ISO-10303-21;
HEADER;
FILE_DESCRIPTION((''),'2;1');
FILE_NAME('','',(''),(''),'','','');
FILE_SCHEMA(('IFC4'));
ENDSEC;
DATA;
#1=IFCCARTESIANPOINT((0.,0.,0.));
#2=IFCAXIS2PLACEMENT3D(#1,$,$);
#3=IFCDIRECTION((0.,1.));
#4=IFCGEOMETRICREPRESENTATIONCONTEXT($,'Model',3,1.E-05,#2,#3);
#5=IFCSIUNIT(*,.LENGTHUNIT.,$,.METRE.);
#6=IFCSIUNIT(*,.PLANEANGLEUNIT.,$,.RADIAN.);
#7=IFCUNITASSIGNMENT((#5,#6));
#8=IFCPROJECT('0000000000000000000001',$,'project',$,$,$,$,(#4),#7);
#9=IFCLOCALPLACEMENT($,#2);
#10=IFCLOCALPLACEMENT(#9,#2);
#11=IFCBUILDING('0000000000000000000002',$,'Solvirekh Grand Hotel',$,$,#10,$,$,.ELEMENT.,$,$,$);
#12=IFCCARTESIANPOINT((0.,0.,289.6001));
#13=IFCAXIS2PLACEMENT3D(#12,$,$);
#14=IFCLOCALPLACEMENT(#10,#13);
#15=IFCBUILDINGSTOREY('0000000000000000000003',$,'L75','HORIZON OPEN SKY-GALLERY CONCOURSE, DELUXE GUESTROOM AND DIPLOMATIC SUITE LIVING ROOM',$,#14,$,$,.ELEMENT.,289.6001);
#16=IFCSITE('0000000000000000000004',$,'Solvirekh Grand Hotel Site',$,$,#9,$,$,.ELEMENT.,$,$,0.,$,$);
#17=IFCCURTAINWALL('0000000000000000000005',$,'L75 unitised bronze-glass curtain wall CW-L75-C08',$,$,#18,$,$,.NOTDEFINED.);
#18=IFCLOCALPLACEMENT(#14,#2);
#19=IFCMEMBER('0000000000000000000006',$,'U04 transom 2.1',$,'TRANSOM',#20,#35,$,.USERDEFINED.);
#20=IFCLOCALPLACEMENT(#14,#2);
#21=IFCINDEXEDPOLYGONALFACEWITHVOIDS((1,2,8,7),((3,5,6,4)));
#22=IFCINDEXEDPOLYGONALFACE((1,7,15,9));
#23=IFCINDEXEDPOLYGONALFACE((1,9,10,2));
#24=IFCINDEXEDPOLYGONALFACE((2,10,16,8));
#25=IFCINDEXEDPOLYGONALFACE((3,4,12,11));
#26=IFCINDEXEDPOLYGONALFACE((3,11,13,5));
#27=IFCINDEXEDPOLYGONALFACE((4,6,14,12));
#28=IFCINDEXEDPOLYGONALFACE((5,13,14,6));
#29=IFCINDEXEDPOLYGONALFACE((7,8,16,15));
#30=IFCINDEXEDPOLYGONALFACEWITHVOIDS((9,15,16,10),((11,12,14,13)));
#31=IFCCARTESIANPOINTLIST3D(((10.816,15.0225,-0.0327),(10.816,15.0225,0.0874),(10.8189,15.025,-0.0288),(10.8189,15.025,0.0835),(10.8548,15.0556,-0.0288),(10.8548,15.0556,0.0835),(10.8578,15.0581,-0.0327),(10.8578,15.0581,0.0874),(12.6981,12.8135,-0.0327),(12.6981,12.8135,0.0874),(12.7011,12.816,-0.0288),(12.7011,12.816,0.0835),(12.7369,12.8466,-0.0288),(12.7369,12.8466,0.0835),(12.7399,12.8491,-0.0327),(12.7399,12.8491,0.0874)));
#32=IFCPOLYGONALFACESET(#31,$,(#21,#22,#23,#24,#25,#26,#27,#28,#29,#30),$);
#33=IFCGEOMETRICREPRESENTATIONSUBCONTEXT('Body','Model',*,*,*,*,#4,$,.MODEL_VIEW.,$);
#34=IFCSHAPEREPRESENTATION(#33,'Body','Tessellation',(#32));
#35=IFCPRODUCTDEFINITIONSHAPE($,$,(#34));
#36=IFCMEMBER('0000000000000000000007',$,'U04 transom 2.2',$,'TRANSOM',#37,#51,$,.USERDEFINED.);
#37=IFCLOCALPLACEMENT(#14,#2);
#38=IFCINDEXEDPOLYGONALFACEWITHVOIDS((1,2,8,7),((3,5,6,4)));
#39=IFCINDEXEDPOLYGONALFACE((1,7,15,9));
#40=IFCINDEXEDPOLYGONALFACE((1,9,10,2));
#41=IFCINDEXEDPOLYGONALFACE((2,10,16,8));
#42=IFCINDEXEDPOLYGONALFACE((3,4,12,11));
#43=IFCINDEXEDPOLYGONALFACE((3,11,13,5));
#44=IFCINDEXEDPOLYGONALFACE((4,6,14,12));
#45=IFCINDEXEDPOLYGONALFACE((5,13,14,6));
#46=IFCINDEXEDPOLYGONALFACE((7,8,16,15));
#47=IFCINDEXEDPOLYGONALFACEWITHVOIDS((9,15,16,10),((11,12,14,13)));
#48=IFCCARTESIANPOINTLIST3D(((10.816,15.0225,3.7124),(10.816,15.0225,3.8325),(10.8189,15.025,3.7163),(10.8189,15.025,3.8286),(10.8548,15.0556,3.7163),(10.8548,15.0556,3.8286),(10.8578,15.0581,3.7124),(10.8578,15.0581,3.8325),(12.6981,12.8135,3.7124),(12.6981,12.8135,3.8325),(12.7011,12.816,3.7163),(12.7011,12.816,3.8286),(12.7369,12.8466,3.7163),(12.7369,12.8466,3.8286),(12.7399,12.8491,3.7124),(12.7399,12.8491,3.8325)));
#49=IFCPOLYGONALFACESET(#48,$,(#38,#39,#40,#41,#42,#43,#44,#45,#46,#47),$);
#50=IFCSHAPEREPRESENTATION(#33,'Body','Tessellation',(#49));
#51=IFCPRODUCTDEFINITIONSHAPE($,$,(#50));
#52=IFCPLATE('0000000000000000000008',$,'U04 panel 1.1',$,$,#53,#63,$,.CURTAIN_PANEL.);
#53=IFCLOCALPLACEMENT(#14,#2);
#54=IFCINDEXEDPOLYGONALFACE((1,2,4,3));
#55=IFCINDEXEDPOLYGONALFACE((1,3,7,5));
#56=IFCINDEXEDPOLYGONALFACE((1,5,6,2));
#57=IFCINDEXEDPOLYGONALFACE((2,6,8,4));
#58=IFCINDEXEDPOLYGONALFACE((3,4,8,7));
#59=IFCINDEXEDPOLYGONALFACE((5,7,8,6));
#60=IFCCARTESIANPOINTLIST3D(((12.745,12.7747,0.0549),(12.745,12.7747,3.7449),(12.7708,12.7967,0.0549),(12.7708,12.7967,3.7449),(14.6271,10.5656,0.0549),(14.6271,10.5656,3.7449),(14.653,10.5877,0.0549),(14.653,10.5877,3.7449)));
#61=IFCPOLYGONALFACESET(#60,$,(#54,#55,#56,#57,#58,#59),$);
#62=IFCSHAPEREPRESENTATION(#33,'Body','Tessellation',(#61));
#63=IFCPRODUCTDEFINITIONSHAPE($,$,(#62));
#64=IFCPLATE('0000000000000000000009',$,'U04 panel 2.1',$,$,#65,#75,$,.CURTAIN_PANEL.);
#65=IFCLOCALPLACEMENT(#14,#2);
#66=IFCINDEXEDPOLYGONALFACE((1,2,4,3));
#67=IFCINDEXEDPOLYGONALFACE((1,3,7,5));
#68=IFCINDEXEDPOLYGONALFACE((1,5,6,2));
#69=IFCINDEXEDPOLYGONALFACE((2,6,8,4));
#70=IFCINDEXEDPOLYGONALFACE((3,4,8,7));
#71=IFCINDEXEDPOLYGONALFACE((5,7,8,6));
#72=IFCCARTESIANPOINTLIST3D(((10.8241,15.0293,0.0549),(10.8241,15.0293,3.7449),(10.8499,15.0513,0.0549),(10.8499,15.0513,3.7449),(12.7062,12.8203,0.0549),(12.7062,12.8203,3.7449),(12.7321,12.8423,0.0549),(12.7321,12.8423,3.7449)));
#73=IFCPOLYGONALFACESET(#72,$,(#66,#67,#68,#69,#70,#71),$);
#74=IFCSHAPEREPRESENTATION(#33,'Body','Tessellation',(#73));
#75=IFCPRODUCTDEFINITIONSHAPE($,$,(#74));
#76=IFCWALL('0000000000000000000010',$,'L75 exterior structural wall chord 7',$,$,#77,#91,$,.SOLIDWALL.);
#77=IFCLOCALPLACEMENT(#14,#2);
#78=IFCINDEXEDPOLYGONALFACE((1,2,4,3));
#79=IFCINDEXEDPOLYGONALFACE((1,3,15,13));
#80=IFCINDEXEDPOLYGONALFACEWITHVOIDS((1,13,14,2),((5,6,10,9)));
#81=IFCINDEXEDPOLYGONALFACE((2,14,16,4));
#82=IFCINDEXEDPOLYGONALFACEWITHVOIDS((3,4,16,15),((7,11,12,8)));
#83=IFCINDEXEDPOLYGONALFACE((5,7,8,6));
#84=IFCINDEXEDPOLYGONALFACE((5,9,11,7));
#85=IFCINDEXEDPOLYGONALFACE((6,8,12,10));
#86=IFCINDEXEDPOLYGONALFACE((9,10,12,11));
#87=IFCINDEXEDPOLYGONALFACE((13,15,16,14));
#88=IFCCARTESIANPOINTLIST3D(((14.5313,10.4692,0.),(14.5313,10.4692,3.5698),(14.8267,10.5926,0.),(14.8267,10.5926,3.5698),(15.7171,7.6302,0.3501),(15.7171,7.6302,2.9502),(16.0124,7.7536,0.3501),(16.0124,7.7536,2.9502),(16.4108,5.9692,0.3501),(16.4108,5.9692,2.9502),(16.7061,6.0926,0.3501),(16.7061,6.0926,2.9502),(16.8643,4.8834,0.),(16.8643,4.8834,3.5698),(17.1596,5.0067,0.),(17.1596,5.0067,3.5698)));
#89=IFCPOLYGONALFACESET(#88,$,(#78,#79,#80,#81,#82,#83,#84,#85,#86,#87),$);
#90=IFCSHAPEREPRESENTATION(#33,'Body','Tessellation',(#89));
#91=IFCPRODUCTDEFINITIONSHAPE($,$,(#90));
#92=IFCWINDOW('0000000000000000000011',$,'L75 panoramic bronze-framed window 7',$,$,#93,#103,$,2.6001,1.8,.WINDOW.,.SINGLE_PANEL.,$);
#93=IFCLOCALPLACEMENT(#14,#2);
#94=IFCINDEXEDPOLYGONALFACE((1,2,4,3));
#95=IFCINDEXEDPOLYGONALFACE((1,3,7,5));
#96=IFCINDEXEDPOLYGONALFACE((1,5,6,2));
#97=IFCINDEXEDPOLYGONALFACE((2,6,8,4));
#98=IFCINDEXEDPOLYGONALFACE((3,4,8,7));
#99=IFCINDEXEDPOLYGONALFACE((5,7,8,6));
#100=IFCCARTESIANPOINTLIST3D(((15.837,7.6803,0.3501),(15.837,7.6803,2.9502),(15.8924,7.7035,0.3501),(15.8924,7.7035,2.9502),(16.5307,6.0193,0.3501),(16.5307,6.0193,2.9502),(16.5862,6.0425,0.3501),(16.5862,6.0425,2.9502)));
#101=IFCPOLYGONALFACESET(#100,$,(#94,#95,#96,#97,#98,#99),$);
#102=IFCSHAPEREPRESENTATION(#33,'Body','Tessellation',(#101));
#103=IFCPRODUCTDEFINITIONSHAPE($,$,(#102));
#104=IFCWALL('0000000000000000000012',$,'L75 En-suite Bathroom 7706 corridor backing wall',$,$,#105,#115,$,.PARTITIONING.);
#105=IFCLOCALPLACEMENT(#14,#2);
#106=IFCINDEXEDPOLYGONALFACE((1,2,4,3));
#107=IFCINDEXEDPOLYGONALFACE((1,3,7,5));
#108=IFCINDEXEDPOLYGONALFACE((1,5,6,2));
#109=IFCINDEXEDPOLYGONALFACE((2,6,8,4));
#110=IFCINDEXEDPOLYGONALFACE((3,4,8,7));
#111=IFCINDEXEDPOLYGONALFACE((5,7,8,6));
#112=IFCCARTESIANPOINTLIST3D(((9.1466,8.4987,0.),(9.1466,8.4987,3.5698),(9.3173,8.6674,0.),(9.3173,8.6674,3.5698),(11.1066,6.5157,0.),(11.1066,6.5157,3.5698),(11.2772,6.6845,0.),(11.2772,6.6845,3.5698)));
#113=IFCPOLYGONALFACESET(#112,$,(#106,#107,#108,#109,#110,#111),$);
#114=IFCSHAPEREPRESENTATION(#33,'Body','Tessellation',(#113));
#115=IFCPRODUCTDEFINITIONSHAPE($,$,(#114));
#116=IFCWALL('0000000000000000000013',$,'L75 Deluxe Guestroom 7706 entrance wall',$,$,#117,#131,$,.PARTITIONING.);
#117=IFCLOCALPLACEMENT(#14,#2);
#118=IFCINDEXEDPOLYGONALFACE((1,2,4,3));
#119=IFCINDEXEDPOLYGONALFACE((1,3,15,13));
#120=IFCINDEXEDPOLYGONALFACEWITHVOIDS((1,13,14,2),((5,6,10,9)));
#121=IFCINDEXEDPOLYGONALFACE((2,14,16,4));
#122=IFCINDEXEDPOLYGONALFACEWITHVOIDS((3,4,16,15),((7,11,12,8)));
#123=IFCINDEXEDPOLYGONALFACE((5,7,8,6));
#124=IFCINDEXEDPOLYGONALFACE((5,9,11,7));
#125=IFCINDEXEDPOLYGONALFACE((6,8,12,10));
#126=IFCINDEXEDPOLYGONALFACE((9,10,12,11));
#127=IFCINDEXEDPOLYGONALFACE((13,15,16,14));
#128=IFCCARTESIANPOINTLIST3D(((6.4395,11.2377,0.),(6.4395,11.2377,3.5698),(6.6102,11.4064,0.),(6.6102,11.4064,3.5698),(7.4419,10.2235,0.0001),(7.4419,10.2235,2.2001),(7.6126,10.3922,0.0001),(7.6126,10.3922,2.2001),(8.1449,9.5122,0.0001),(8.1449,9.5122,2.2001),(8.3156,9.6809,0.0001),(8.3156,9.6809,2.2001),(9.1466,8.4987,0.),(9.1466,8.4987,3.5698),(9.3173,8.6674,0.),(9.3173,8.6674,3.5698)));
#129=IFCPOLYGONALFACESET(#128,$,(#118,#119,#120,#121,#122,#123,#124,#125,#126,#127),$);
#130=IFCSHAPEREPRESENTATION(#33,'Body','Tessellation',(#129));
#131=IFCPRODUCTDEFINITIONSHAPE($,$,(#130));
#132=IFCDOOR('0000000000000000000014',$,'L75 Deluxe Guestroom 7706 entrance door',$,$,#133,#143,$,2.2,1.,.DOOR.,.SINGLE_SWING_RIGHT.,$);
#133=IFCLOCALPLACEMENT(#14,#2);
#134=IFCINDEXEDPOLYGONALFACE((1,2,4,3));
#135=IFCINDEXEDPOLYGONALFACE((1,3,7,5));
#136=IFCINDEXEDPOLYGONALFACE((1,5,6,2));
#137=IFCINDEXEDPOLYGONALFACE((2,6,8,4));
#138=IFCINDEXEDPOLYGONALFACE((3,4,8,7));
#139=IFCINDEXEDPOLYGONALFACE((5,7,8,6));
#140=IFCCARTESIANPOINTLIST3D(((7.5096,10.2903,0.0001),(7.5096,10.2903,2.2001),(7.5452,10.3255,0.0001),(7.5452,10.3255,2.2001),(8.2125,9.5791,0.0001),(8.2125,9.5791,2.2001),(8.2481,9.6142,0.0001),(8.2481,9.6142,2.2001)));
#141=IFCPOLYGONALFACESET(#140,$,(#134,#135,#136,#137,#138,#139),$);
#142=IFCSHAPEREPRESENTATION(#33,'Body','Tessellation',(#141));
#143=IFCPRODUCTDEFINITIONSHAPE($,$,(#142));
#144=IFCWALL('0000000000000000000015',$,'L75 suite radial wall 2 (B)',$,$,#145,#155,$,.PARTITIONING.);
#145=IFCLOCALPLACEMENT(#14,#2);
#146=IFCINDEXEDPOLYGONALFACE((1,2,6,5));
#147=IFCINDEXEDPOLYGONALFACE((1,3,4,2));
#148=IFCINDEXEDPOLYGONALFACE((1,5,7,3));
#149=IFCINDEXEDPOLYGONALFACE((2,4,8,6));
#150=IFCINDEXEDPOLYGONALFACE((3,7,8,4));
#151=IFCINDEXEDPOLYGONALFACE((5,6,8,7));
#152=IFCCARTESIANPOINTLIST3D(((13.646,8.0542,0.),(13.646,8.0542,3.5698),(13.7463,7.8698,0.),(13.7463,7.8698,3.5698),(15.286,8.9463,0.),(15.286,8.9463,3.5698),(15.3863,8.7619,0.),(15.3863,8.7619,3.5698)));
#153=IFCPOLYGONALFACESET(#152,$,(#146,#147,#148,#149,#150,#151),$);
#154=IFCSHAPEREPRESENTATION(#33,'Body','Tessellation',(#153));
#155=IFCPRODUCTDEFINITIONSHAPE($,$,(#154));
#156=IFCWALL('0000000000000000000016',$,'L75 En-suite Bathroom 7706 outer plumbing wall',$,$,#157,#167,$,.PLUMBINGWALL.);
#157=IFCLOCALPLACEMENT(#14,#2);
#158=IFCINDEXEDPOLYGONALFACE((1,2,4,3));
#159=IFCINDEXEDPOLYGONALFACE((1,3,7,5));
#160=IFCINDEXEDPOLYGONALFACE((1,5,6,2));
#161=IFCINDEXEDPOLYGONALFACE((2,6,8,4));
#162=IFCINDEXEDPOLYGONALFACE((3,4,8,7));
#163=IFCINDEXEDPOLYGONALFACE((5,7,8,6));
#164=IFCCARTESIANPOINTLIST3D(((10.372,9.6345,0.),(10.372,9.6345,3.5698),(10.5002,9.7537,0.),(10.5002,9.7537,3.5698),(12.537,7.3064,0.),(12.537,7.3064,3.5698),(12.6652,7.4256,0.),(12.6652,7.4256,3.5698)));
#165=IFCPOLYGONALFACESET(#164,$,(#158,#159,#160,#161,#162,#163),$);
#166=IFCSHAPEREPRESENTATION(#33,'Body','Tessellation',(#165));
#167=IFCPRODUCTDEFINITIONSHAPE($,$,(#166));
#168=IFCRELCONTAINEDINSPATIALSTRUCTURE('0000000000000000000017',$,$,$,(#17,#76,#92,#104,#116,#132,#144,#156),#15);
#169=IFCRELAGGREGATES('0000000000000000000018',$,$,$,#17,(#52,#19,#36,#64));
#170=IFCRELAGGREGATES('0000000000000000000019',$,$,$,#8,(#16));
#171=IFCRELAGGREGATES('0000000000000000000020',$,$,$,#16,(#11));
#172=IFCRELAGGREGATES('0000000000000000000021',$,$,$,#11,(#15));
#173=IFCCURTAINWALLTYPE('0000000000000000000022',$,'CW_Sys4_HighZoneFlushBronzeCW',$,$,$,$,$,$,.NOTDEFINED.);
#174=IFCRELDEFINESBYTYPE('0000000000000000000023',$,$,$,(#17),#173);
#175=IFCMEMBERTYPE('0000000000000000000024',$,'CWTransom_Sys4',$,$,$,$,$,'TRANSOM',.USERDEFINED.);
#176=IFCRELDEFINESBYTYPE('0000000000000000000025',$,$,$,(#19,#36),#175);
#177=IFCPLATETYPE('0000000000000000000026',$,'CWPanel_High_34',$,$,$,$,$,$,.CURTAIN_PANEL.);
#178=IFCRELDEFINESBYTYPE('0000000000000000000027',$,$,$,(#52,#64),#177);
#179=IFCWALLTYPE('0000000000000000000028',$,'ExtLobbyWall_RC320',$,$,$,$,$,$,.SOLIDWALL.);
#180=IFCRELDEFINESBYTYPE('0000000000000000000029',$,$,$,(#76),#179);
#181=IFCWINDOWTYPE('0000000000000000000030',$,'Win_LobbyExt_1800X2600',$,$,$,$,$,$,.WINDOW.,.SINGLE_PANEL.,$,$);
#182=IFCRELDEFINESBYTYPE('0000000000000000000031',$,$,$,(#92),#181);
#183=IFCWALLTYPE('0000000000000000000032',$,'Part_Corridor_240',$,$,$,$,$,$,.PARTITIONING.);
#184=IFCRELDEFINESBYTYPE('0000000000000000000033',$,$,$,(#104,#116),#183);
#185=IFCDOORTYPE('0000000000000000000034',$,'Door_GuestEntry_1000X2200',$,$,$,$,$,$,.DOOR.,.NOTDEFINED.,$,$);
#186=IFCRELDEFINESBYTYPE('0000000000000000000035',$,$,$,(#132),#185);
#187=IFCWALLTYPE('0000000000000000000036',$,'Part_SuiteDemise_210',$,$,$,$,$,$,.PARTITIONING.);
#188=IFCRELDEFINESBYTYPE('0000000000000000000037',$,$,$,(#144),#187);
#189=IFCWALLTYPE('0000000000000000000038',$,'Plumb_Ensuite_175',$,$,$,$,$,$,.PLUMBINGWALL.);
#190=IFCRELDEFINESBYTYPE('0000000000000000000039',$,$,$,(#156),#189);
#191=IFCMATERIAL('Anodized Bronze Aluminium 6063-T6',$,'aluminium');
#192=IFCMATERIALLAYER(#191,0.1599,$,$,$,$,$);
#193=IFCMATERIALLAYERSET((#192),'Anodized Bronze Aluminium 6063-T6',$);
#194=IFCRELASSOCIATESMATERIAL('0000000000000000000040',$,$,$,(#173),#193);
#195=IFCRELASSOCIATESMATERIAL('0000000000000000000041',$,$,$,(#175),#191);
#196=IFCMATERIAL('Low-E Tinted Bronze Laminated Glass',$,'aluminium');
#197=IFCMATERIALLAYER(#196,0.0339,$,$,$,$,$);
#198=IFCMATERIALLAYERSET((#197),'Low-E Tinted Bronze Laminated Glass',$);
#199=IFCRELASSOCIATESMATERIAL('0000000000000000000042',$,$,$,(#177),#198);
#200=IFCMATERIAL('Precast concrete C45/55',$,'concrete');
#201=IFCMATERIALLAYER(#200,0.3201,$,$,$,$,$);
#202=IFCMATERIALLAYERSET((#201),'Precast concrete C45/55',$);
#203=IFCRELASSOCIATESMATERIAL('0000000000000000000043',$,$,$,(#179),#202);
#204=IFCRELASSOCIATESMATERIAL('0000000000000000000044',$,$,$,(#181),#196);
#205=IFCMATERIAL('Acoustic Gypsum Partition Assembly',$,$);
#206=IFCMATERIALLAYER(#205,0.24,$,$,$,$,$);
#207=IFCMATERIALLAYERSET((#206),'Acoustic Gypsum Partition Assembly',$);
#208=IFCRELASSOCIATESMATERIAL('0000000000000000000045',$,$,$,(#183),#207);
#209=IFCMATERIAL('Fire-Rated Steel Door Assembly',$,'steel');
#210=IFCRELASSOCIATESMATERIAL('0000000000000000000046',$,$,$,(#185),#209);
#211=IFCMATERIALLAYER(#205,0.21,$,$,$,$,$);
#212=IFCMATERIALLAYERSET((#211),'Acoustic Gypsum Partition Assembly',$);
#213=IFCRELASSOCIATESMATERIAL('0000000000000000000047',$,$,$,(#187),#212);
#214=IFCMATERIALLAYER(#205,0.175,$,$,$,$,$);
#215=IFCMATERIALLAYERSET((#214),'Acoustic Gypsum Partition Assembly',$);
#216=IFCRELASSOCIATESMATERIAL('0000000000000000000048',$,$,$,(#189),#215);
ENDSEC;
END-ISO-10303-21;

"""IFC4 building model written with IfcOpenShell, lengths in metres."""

from ifc_helpers import new_model, si_unit, direction, frame, frame_2d, origin, origin_2d, place, context, subcontext, project, spatial, rectangle, hollow_rectangle, extrude, source, transform, mapped, material, layer, layer_set, material_profile, profile_set, type_object, element, fill, aggregate, save


model = new_model("IFC4")

# Units and contexts
model_context = context("Model", 3, precision=1e-05, world=origin(), true_north=direction((0.0, 1.0)))
body_context = subcontext(model_context, "Body", "Model", "MODEL_VIEW")
ifc_project = project(units=[si_unit("LENGTHUNIT", "METRE"), si_unit("PLANEANGLEUNIT", "RADIAN")], contexts=[model_context])

# Site, building, storey
site_placement = place(None, origin())
site = spatial("IfcSite", under=ifc_project, at=site_placement, Name="Solvirekh Grand Hotel Site", CompositionType="ELEMENT", RefElevation=0.0)
building_placement = place(site_placement, origin())
building = spatial("IfcBuilding", under=site, at=building_placement, Name="Solvirekh Grand Hotel", CompositionType="ELEMENT")
storey_placement = place(building_placement, frame((0.0, 0.0, 289.6001)))
storey = spatial("IfcBuildingStorey", under=building, at=storey_placement, Name="L75", Description="HORIZON OPEN SKY-GALLERY CONCOURSE, DELUXE GUESTROOM AND DIPLOMATIC SUITE LIVING ROOM", CompositionType="ELEMENT", Elevation=289.6001)

# Curtain wall, members, plates
ifc_material_1 = material(Name="Anodized Bronze Aluminium 6063-T6", Category="aluminium")
ifc_layer_1 = layer(ifc_material_1, 0.1599)
ifc_layer_set_1 = layer_set([ifc_layer_1], Name="Anodized Bronze Aluminium 6063-T6")
curtain_wall_type = type_object("IfcCurtainWallType", Name="CW_Sys4_HighZoneFlushBronzeCW", PredefinedType="NOTDEFINED", material=ifc_layer_set_1)
curtain_wall_placement = place(storey_placement, origin())
curtain_wall = element("IfcCurtainWall", 1, at=curtain_wall_placement, inside=storey, type_object=curtain_wall_type, Name="L75 unitised bronze-glass curtain wall CW-L75-C08", PredefinedType="NOTDEFINED")
ifc_material_profile_1 = material_profile(ifc_material_1, hollow_rectangle(XDim=0.0549, YDim=0.1201, WallThickness=0.0039, at=origin_2d()), Name="ALU RHS 120X55X4")
ifc_profile_set_1 = profile_set([ifc_material_profile_1], Name="Anodized Bronze Aluminium 6063-T6")
member_type_1 = type_object("IfcMemberType", Name="CWTransom_Sys4", ElementType="TRANSOM", PredefinedType="USERDEFINED", material=ifc_profile_set_1)
shared_shape_1 = source(origin(), body_context, "Body", "SweptSolid", [
    extrude(hollow_rectangle(XDim=0.0549, YDim=0.1201, WallThickness=0.0039, at=origin_2d()), origin(), (0.0, 0.0, 1.0), 2.9021),
])
member_1_placement = place(storey_placement, frame((12.719, 12.8313, 0.0273), z_axis=(-0.648537, 0.761183, 0.0), x_axis=(-0.761183, -0.648537, 0.0)))
member_1 = element("IfcMember", 2, at=member_1_placement, type_object=member_type_1, Name="U04 transom 2.1", ObjectType="TRANSOM", PredefinedType="USERDEFINED", context=body_context, shape_type="MappedRepresentation", body=[
    mapped(shared_shape_1, transform((0.0, 0.0, 0.0), x_axis=(1.0, 0.0, 0.0), y_axis=(0.0, 1.0, 0.0), z_axis=(0.0, 0.0, 1.0), scale=1.0)),
])
member_2_placement = place(storey_placement, frame((12.719, 12.8313, 3.7725), z_axis=(-0.648537, 0.761183, 0.0), x_axis=(-0.761183, -0.648537, 0.0)))
member_2 = element("IfcMember", 3, at=member_2_placement, type_object=member_type_1, Name="U04 transom 2.2", ObjectType="TRANSOM", PredefinedType="USERDEFINED", context=body_context, shape_type="MappedRepresentation", body=[
    mapped(shared_shape_1, transform((0.0, 0.0, 0.0), x_axis=(1.0, 0.0, 0.0), y_axis=(0.0, 1.0, 0.0), z_axis=(0.0, 0.0, 1.0), scale=1.0)),
])
ifc_material_2 = material(Name="Low-E Tinted Bronze Laminated Glass", Category="aluminium")
ifc_layer_2 = layer(ifc_material_2, 0.0339)
ifc_layer_set_2 = layer_set([ifc_layer_2], Name="Low-E Tinted Bronze Laminated Glass")
plate_type = type_object("IfcPlateType", Name="CWPanel_High_34", PredefinedType="CURTAIN_PANEL", material=ifc_layer_set_2)
shared_shape_2 = source(origin(), body_context, "Body", "SweptSolid", [
    extrude(rectangle(XDim=2.9021, YDim=0.0339, at=origin_2d()), origin(), (0.0, 0.0, 1.0), 3.6899),
])
plate_1_placement = place(storey_placement, frame((13.699, 11.6812, 0.0549), z_axis=(0.0, 0.0, 1.0), x_axis=(-0.648545, 0.761176, 0.0)))
plate_1 = element("IfcPlate", 4, at=plate_1_placement, type_object=plate_type, Name="U04 panel 1.1", PredefinedType="CURTAIN_PANEL", context=body_context, shape_type="MappedRepresentation", body=[
    mapped(shared_shape_2, transform((0.0, 0.0, 0.0), x_axis=(1.0, 0.0, 0.0), y_axis=(0.0, 1.0, 0.0), z_axis=(0.0, 0.0, 1.0), scale=1.0)),
])
plate_2_placement = place(storey_placement, frame((11.7781, 13.9358, 0.0549), z_axis=(0.0, 0.0, 1.0), x_axis=(-0.648545, 0.761176, 0.0)))
plate_2 = element("IfcPlate", 5, at=plate_2_placement, type_object=plate_type, Name="U04 panel 2.1", PredefinedType="CURTAIN_PANEL", context=body_context, shape_type="MappedRepresentation", body=[
    mapped(shared_shape_2, transform((0.0, 0.0, 0.0), x_axis=(1.0, 0.0, 0.0), y_axis=(0.0, 1.0, 0.0), z_axis=(0.0, 0.0, 1.0), scale=1.0)),
])
aggregate(curtain_wall, [plate_1, member_1, member_2, plate_2])

# Wall, opening, window
ifc_material_3 = material(Name="Precast concrete C45/55", Category="concrete")
ifc_layer_3 = layer(ifc_material_3, 0.3201)
ifc_layer_set_3 = layer_set([ifc_layer_3], Name="Precast concrete C45/55")
wall_type_1 = type_object("IfcWallType", Name="ExtLobbyWall_RC320", PredefinedType="SOLIDWALL", material=ifc_layer_set_3)
wall_1_placement = place(storey_placement, frame((14.679, 10.531, 0.0), z_axis=(0.0, 0.0, 1.0), x_axis=(0.385394, -0.922752, 0.0)))
wall_1 = element("IfcWall", 6, at=wall_1_placement, inside=storey, type_object=wall_type_1, Name="L75 exterior structural wall chord 7", PredefinedType="SOLIDWALL", context=body_context, shape_type="SweptSolid", body=[
    extrude(rectangle(XDim=6.0535, YDim=0.3201, at=frame_2d((3.0269, 0.0))), origin(), (0.0, 0.0, 1.0), 3.5698),
])
opening_1_placement = place(wall_1_placement, frame((3.0769, 0.0, 0.3501)))
opening_1 = element("IfcOpeningElement", 7, at=opening_1_placement, cuts=wall_1, PredefinedType="OPENING", context=body_context, shape_type="SweptSolid", body=[
    extrude(rectangle(XDim=1.8, YDim=2.6001, at=frame_2d((0.8999, 1.3))), frame((0.0, 0.1699, 0.0), z_axis=(0.0, -1.0, 0.0), x_axis=(1.0, 0.0, 0.0)), (0.0, 0.0, 1.0), 0.3401),
])
window_type = type_object("IfcWindowType", Name="Win_LobbyExt_1800X2600", PartitioningType="SINGLE_PANEL", PredefinedType="WINDOW", material=ifc_material_2)
window_placement = place(opening_1_placement, origin())
window = element("IfcWindow", 8, at=window_placement, inside=storey, type_object=window_type, Name="L75 panoramic bronze-framed window 7", OverallHeight=2.6001, OverallWidth=1.8, PartitioningType="SINGLE_PANEL", PredefinedType="WINDOW", context=body_context, shape_type="SweptSolid", body=[
    extrude(rectangle(XDim=1.8, YDim=2.6001, at=frame_2d((0.8999, 1.3))), frame((0.0, 0.03, 0.0), z_axis=(0.0, -1.0, 0.0), x_axis=(1.0, 0.0, 0.0)), (0.0, 0.0, 1.0), 0.0601),
])
fill(opening_1, window)

# Wall
ifc_material_4 = material(Name="Acoustic Gypsum Partition Assembly")
ifc_layer_4 = layer(ifc_material_4, 0.24)
ifc_layer_set_4 = layer_set([ifc_layer_4], Name="Acoustic Gypsum Partition Assembly")
wall_type_2 = type_object("IfcWallType", Name="Part_Corridor_240", PredefinedType="PARTITIONING", material=ifc_layer_set_4)
wall_2_placement = place(storey_placement, frame((11.1919, 6.6001, 0.0), z_axis=(0.0, 0.0, 1.0), x_axis=(-0.702979, 0.71121, 0.0)))
element("IfcWall", 9, at=wall_2_placement, inside=storey, type_object=wall_type_2, Name="L75 En-suite Bathroom 7706 corridor backing wall", PredefinedType="PARTITIONING", context=body_context, shape_type="SweptSolid", body=[
    extrude(rectangle(XDim=2.7881, YDim=0.24, at=frame_2d((1.394, 0.0))), origin(), (0.0, 0.0, 1.0), 3.5698),
])

# Wall, opening, door
wall_3_placement = place(storey_placement, frame((9.2319, 8.583, 0.0), z_axis=(0.0, 0.0, 1.0), x_axis=(-0.702942, 0.711247, 0.0)))
wall_3 = element("IfcWall", 10, at=wall_3_placement, inside=storey, type_object=wall_type_2, Name="L75 Deluxe Guestroom 7706 entrance wall", PredefinedType="PARTITIONING", context=body_context, shape_type="SweptSolid", body=[
    extrude(rectangle(XDim=3.8511, YDim=0.24, at=frame_2d((1.9255, 0.0))), origin(), (0.0, 0.0, 1.0), 3.5698),
])
opening_2_placement = place(wall_3_placement, frame((1.425, 0.0, 0.0)))
opening_2 = element("IfcOpeningElement", 11, at=opening_2_placement, cuts=wall_3, PredefinedType="OPENING", context=body_context, shape_type="SweptSolid", body=[
    extrude(rectangle(XDim=1.0, YDim=2.2, at=frame_2d((0.5, 1.1001))), frame((0.0, 0.1299, 0.0), z_axis=(0.0, -1.0, 0.0), x_axis=(1.0, 0.0, 0.0)), (0.0, 0.0, 1.0), 0.26),
])
ifc_material_5 = material(Name="Fire-Rated Steel Door Assembly", Category="steel")
door_type_1 = type_object("IfcDoorType", Name="Door_GuestEntry_1000X2200", OperationType="NOTDEFINED", PredefinedType="DOOR", material=ifc_material_5)
door_1_placement = place(opening_2_placement, origin())
door_1 = element("IfcDoor", 12, at=door_1_placement, inside=storey, type_object=door_type_1, Name="L75 Deluxe Guestroom 7706 entrance door", OperationType="SINGLE_SWING_RIGHT", OverallHeight=2.2, OverallWidth=1.0, PredefinedType="DOOR", context=body_context, shape_type="SweptSolid", body=[
    extrude(rectangle(XDim=1.0, YDim=2.2, at=frame_2d((0.5, 1.1001))), frame((0.0, 0.0249, 0.0), z_axis=(0.0, -1.0, 0.0), x_axis=(1.0, 0.0, 0.0)), (0.0, 0.0, 1.0), 0.05),
])
fill(opening_2, door_1)

# Walls
ifc_layer_5 = layer(ifc_material_4, 0.21)
ifc_layer_set_5 = layer_set([ifc_layer_5], Name="Acoustic Gypsum Partition Assembly")
wall_type_3 = type_object("IfcWallType", Name="Part_SuiteDemise_210", PredefinedType="PARTITIONING", material=ifc_layer_set_5)
wall_4_placement = place(storey_placement, frame((13.696, 7.9619, 0.0), z_axis=(0.0, 0.0, 1.0), x_axis=(0.878435, 0.477862, 0.0)))
element("IfcWall", 13, at=wall_4_placement, inside=storey, type_object=wall_type_3, Name="L75 suite radial wall 2 (B)", PredefinedType="PARTITIONING", context=body_context, shape_type="SweptSolid", body=[
    extrude(rectangle(XDim=1.8669, YDim=0.21, at=frame_2d((0.9336, 0.0))), origin(), (0.0, 0.0, 1.0), 3.5698),
])
ifc_layer_6 = layer(ifc_material_4, 0.175)
ifc_layer_set_6 = layer_set([ifc_layer_6], Name="Acoustic Gypsum Partition Assembly")
wall_type_4 = type_object("IfcWallType", Name="Plumb_Ensuite_175", PredefinedType="PLUMBINGWALL", material=ifc_layer_set_6)
wall_5_placement = place(storey_placement, frame((12.6011, 7.366, 0.0), z_axis=(0.0, 0.0, 1.0), x_axis=(-0.680993, 0.73229, 0.0)))
element("IfcWall", 14, at=wall_5_placement, inside=storey, type_object=wall_type_4, Name="L75 En-suite Bathroom 7706 outer plumbing wall", PredefinedType="PLUMBINGWALL", context=body_context, shape_type="SweptSolid", body=[
    extrude(rectangle(XDim=3.1792, YDim=0.175, at=frame_2d((1.5896, 0.0))), origin(), (0.0, 0.0, 1.0), 3.5698),
])

save(model, "model.ifc")
